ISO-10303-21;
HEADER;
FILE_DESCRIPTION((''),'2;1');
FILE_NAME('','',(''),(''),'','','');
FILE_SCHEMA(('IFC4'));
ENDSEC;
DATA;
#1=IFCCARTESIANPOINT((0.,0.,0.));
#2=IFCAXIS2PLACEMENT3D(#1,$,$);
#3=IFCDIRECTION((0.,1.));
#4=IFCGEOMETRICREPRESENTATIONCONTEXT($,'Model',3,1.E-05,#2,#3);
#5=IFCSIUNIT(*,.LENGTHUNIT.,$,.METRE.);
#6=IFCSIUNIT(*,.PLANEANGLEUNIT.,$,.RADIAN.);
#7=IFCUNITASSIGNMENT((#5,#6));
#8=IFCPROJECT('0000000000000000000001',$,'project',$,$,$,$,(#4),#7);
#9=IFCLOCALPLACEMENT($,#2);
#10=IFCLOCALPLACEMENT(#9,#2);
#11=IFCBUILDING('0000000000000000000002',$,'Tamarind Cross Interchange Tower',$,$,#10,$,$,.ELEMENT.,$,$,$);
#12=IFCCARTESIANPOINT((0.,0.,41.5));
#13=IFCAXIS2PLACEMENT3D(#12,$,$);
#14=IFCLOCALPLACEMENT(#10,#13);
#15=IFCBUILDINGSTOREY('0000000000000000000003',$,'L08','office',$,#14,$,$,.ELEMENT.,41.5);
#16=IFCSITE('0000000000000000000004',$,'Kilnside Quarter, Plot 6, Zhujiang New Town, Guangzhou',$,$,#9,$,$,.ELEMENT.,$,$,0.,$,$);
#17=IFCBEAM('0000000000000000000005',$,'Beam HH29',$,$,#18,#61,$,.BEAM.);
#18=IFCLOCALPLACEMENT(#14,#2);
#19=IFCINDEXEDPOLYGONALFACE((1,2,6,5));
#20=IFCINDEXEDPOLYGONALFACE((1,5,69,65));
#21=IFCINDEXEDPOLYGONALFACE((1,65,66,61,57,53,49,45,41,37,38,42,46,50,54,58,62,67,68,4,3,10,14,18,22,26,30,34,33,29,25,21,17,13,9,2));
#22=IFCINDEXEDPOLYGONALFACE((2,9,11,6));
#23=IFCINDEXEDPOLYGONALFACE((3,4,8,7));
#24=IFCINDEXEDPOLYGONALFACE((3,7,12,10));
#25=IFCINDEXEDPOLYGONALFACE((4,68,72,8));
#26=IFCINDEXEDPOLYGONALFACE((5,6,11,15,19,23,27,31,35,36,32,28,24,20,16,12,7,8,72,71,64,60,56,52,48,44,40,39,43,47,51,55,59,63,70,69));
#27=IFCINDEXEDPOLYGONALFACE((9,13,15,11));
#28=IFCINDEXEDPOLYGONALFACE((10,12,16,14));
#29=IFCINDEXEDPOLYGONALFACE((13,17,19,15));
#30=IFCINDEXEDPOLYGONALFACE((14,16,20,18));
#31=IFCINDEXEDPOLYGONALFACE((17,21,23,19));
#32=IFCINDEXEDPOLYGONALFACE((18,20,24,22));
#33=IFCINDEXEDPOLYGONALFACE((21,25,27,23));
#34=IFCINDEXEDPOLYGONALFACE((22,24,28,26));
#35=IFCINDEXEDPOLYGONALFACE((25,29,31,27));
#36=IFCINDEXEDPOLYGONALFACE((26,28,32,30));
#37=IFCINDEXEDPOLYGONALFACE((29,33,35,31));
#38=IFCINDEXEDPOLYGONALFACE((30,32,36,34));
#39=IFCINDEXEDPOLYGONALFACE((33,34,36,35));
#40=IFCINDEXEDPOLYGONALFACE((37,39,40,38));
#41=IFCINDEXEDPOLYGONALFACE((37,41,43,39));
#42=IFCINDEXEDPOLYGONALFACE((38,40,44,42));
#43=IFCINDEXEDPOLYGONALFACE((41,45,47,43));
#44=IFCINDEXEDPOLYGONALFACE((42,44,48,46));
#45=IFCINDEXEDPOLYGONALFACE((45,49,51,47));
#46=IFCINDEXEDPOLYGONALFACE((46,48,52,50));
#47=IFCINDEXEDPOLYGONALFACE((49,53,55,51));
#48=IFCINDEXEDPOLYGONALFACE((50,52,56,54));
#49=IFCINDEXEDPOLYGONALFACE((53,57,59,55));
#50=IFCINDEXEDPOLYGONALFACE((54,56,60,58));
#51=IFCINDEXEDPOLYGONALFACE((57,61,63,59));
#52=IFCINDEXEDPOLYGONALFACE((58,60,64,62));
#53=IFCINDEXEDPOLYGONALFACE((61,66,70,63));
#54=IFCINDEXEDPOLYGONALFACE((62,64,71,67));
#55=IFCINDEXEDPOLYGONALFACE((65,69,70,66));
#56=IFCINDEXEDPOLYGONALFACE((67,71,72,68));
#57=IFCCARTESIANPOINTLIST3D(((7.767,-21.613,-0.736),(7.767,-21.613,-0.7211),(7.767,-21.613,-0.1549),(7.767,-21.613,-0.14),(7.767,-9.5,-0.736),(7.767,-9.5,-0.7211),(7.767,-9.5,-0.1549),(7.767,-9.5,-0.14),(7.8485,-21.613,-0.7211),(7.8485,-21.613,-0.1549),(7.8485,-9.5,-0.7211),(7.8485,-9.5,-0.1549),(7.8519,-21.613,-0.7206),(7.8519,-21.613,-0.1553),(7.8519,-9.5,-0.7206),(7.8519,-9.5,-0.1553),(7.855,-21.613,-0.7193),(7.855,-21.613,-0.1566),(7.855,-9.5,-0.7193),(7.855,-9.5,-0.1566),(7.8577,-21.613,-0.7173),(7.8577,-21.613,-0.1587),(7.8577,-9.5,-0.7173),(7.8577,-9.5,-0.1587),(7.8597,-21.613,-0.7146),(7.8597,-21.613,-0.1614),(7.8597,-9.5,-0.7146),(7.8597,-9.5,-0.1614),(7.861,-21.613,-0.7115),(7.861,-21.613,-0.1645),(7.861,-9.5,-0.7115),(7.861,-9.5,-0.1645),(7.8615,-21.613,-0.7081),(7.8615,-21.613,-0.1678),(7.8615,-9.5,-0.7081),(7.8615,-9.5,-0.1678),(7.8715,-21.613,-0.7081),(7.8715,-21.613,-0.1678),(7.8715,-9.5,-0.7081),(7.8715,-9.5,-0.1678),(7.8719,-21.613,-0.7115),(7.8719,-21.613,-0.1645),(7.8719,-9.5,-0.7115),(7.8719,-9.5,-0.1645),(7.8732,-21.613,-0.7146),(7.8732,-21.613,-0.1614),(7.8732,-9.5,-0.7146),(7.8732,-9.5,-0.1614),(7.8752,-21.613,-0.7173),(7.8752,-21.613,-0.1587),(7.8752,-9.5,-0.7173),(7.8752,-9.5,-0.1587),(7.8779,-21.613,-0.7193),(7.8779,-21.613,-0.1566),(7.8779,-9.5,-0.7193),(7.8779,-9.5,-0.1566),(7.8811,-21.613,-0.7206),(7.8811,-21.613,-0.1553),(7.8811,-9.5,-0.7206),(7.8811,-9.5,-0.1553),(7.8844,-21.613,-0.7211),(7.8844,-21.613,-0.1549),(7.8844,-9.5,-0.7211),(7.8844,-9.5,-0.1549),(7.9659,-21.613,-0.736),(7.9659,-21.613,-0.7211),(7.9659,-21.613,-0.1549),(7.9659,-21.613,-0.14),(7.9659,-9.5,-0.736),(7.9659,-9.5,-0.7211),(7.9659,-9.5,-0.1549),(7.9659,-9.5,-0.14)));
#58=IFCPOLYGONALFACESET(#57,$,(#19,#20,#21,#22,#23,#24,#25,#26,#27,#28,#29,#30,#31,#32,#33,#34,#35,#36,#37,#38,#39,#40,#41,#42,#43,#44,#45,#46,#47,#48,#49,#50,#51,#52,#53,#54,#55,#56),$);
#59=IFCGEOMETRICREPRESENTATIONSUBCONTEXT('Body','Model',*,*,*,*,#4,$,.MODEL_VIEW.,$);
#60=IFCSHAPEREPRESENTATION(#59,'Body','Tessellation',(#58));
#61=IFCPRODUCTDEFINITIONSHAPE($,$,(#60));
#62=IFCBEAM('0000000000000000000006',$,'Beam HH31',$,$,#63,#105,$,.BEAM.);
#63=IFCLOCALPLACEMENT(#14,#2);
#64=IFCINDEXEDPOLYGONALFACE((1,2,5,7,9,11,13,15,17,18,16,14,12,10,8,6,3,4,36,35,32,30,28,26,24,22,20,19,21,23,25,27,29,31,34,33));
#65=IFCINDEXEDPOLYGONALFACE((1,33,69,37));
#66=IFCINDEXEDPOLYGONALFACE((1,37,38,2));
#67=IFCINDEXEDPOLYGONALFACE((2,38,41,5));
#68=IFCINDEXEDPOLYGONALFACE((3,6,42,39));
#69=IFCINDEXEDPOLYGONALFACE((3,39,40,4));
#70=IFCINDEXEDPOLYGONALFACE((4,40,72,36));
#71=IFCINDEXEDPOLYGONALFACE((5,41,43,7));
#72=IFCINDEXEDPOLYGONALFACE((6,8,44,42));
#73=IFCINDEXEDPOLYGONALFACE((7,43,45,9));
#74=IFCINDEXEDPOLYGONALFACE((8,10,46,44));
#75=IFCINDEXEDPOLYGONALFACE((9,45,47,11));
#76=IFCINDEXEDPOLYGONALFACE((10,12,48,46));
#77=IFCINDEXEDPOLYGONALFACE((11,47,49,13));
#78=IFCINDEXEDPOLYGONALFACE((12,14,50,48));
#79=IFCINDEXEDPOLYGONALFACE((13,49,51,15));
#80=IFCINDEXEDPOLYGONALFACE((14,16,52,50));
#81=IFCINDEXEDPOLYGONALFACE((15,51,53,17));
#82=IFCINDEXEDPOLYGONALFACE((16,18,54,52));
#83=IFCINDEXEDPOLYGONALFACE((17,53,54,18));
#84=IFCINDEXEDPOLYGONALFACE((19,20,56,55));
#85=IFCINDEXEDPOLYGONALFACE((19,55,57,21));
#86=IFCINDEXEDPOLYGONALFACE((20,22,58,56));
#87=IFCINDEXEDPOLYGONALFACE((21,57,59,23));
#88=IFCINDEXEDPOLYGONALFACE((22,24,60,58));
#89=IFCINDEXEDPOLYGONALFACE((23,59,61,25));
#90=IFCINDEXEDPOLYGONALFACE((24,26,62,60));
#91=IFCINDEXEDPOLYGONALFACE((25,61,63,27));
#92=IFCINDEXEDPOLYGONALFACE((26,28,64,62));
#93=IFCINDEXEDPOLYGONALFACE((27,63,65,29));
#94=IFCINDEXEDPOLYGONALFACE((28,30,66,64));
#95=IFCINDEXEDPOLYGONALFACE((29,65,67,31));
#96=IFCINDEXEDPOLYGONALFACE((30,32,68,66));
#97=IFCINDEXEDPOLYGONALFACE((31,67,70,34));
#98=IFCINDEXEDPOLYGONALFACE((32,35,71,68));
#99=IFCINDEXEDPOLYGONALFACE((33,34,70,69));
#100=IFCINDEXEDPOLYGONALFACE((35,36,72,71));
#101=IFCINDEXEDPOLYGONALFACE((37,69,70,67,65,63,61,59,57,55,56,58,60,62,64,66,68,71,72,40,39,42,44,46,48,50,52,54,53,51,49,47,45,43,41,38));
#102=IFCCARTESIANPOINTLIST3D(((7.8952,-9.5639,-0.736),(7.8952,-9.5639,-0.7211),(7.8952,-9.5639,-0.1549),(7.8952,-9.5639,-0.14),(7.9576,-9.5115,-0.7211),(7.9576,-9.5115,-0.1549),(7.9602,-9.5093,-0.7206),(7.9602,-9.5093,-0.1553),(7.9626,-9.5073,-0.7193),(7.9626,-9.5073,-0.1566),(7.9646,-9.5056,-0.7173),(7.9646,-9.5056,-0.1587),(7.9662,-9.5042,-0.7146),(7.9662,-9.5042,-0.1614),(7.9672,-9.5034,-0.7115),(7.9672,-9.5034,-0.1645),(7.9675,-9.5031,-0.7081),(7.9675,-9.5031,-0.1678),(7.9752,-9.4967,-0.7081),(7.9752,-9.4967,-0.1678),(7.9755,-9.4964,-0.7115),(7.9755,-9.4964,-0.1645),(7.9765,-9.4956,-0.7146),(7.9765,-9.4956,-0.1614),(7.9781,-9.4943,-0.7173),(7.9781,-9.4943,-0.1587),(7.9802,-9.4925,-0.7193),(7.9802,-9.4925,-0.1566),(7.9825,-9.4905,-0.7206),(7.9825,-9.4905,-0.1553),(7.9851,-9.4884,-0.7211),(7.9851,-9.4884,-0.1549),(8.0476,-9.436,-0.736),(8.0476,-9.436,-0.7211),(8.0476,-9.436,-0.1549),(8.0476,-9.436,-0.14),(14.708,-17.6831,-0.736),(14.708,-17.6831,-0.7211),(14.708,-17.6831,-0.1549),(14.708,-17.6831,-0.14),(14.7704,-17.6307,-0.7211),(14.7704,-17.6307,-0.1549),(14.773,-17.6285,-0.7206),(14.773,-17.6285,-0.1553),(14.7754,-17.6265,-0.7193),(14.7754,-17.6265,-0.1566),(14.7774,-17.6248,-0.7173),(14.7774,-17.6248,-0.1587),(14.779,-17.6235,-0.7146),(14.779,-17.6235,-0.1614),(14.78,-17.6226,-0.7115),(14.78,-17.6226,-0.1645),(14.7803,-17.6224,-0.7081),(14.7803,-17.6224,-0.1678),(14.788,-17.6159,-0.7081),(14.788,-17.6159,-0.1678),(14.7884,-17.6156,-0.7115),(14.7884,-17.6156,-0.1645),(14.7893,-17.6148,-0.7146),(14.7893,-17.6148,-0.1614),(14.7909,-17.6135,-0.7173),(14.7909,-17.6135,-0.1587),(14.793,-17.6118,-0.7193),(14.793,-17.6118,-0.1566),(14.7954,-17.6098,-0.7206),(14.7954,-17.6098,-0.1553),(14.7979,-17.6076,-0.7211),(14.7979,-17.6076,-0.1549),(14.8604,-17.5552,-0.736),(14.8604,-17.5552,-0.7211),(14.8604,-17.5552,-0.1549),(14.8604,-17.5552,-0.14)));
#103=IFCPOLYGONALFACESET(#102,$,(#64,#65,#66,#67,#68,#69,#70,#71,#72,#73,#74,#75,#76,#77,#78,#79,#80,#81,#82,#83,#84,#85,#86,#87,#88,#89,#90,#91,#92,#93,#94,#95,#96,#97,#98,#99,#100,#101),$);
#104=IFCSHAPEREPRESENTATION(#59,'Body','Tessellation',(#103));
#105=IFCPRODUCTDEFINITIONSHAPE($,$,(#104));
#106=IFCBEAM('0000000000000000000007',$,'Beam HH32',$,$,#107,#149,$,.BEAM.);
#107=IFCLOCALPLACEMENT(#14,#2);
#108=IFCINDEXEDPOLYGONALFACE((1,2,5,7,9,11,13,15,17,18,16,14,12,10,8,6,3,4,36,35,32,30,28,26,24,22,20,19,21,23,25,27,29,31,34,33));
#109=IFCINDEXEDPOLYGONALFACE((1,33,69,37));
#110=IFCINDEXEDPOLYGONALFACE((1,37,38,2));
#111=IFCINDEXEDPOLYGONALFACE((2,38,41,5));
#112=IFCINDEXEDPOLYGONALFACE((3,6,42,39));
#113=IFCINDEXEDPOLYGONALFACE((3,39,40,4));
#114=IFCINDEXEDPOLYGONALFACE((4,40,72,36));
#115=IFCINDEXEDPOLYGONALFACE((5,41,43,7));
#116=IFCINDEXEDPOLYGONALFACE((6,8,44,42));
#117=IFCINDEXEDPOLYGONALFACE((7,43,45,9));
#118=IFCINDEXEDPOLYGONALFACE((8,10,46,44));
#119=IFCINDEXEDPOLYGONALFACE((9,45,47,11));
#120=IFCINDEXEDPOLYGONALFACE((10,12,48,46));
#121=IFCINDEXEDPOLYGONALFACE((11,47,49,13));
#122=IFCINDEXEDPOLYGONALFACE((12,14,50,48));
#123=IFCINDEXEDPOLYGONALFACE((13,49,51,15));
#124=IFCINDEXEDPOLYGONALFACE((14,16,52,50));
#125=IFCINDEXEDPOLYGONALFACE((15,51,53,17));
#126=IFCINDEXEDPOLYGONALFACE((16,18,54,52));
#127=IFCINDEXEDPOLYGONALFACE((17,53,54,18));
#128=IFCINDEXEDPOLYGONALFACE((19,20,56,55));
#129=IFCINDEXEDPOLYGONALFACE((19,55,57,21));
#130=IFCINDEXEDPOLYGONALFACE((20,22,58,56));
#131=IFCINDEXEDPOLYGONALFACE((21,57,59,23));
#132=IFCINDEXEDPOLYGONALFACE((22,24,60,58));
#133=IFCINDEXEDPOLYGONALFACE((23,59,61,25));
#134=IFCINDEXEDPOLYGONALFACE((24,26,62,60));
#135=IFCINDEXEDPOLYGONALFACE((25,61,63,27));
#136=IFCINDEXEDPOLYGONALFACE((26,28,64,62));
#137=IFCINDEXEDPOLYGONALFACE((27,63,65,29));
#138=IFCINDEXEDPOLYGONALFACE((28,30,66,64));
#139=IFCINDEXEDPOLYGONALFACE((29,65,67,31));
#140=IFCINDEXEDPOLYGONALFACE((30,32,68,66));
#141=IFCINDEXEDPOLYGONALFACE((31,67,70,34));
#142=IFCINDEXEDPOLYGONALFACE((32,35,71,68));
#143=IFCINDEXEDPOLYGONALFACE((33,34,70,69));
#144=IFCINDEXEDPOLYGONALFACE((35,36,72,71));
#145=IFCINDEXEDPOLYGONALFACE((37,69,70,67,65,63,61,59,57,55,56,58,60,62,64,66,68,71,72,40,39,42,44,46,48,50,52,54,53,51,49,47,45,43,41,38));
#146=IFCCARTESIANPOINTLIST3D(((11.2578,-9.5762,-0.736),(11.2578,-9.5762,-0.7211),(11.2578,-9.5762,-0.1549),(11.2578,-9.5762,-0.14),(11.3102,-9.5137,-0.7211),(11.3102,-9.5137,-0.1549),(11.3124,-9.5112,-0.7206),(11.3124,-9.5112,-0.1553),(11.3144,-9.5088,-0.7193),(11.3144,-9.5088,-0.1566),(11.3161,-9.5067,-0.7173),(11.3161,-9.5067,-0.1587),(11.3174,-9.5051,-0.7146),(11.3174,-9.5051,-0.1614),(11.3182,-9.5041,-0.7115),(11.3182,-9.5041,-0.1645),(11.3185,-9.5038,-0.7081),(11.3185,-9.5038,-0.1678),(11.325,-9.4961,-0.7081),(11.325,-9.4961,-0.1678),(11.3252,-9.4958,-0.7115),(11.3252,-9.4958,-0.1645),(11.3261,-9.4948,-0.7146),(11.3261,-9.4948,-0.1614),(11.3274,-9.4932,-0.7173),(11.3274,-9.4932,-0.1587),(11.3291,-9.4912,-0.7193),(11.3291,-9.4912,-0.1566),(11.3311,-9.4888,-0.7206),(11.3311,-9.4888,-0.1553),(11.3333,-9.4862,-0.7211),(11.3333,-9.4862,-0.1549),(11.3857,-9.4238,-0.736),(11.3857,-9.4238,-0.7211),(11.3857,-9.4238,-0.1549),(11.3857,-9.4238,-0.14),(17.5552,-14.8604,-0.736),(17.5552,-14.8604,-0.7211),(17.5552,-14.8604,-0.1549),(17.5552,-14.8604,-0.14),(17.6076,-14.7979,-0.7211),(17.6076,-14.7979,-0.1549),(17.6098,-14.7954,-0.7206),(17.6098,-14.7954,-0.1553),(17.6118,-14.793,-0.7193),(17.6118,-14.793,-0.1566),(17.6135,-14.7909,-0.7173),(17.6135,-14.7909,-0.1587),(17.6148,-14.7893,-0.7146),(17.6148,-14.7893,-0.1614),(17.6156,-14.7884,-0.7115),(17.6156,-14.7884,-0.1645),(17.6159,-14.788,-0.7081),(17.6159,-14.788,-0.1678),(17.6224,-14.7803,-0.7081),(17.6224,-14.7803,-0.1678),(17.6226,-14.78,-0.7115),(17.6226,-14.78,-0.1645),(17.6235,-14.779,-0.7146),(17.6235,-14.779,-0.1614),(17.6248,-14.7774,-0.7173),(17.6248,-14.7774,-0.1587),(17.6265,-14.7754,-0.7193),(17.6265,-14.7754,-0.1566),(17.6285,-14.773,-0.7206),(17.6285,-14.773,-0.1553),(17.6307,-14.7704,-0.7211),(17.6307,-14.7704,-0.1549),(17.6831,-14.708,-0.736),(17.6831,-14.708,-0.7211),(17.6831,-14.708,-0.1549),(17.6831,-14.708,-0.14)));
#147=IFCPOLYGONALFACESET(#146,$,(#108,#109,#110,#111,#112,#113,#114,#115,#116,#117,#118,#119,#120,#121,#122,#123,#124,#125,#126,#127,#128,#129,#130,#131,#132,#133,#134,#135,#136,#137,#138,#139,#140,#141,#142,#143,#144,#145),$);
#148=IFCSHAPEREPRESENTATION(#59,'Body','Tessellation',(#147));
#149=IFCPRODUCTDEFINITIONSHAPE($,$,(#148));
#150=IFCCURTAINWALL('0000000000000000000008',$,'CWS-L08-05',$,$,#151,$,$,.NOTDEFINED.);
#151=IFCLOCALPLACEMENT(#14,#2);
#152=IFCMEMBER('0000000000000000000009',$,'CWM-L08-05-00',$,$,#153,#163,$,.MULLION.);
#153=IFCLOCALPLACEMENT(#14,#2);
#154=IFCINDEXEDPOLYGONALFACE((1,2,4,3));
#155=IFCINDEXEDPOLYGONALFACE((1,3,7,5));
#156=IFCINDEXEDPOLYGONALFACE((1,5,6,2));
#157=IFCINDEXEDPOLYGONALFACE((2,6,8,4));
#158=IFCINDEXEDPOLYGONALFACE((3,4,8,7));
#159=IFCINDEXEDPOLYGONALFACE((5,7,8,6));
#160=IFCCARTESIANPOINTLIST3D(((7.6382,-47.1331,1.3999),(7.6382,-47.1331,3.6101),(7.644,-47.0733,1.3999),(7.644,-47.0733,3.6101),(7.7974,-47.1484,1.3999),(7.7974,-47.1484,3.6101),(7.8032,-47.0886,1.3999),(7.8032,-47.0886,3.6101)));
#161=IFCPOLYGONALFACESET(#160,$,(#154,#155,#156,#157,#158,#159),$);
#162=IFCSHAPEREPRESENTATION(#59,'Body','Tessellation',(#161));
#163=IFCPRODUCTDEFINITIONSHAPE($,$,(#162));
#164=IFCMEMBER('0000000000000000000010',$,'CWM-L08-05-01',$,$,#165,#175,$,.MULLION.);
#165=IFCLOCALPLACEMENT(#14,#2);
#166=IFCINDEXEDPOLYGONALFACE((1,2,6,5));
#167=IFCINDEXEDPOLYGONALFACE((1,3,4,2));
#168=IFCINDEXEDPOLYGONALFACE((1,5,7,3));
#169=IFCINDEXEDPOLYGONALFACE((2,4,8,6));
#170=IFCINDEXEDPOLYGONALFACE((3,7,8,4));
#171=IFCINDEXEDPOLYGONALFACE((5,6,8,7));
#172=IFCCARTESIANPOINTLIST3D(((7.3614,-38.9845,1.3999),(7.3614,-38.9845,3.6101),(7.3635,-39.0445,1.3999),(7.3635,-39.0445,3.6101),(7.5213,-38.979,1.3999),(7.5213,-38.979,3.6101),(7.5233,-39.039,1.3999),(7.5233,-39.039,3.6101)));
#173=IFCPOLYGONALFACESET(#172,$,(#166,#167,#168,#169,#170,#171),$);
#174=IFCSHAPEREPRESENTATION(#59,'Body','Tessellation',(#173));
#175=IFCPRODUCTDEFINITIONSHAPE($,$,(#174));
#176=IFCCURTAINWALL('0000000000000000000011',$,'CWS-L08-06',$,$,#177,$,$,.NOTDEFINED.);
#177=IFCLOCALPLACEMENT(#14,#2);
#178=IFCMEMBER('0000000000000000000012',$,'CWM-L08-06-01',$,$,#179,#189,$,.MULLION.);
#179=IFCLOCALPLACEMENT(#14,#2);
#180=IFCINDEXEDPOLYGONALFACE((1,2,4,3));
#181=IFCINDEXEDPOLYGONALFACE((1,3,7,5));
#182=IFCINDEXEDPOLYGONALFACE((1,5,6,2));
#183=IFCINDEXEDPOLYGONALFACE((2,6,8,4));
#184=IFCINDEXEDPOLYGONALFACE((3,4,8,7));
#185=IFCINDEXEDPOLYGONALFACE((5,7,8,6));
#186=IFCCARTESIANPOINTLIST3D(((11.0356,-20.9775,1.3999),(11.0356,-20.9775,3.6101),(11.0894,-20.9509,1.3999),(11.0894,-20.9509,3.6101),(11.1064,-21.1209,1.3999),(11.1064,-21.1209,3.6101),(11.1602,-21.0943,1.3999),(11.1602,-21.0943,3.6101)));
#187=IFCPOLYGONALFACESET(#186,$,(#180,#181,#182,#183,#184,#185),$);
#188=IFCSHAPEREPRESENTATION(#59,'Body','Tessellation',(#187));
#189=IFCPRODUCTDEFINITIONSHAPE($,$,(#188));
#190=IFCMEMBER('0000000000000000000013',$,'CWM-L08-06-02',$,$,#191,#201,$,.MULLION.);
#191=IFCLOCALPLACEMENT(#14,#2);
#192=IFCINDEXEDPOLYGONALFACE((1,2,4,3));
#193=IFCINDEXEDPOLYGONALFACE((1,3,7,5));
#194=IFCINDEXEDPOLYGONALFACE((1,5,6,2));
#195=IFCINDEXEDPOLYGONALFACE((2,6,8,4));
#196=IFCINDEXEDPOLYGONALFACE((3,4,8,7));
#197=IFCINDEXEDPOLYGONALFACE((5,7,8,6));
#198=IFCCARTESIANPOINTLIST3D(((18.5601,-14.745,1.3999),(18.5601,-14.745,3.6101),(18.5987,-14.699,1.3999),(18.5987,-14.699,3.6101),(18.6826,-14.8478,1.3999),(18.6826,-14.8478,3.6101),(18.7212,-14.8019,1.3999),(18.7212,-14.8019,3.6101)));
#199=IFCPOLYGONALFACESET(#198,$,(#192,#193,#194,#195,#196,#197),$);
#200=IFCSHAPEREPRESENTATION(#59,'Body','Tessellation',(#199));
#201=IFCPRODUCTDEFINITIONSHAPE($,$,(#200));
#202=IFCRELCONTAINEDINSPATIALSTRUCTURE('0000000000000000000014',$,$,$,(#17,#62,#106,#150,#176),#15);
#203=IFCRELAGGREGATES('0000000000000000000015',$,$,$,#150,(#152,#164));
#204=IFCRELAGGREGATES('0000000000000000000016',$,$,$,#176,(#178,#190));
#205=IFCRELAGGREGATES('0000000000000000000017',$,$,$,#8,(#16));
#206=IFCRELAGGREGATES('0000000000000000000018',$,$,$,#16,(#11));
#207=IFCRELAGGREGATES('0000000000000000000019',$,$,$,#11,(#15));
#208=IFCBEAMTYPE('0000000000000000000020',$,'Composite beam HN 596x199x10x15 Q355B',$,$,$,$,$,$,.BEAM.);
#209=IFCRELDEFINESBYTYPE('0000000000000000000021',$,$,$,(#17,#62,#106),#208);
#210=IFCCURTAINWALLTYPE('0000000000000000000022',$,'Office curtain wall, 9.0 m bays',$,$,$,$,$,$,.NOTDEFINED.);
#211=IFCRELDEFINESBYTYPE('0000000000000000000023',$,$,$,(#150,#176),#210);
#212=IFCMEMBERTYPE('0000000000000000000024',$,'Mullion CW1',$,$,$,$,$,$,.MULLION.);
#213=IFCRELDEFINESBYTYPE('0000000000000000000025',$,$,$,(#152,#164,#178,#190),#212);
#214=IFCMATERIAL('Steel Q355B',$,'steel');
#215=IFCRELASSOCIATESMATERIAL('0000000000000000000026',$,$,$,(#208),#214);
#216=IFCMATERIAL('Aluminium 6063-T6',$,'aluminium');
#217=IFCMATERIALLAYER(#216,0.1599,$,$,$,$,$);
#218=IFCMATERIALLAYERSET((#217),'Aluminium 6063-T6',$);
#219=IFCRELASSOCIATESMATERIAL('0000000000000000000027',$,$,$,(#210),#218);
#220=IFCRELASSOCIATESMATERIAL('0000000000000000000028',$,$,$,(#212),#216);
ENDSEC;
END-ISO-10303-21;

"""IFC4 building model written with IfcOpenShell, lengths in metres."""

from ifc_helpers import new_model, si_unit, direction, frame, origin, origin_2d, place, context, subcontext, project, spatial, rectangle, i_section, extrude, material, layer, layer_set, material_profile, profile_set, type_object, element, aggregate, save


model = new_model("IFC4")

# Units and contexts
model_context = context("Model", 3, precision=1e-05, world=origin(), true_north=direction((0.0, 1.0)))
body_context = subcontext(model_context, "Body", "Model", "MODEL_VIEW")
ifc_project = project(units=[si_unit("LENGTHUNIT", "METRE"), si_unit("PLANEANGLEUNIT", "RADIAN")], contexts=[model_context])

# Site, building, storey
site_placement = place(None, origin())
site = spatial("IfcSite", under=ifc_project, at=site_placement, Name="Kilnside Quarter, Plot 6, Zhujiang New Town, Guangzhou", CompositionType="ELEMENT", RefElevation=0.0)
building_placement = place(site_placement, origin())
building = spatial("IfcBuilding", under=site, at=building_placement, Name="Tamarind Cross Interchange Tower", CompositionType="ELEMENT")
storey_placement = place(building_placement, frame((0.0, 0.0, 41.5)))
storey = spatial("IfcBuildingStorey", under=building, at=storey_placement, Name="L08", Description="office", CompositionType="ELEMENT", Elevation=41.5)

# Beams
ifc_material_1 = material(Name="Steel Q355B", Category="steel")
ifc_material_profile_1 = material_profile(ifc_material_1, i_section(OverallWidth=0.199, OverallDepth=0.5959, WebThickness=0.01, FlangeThickness=0.0149, FilletRadius=0.0129, at=origin_2d()), Name="HN 596x199x10x15")
ifc_profile_set_1 = profile_set([ifc_material_profile_1], Name="Steel Q355B")
beam_type = type_object("IfcBeamType", Name="Composite beam HN 596x199x10x15 Q355B", PredefinedType="BEAM", material=ifc_profile_set_1)
beam_1_placement = place(storey_placement, frame((7.8665, -21.613, -0.438), z_axis=(0.0, 1.0, 0.0), x_axis=(-1.0, 0.0, 0.0)))
element("IfcBeam", 1, at=beam_1_placement, inside=storey, type_object=beam_type, Name="Beam HH29", PredefinedType="BEAM", context=body_context, shape_type="SweptSolid", body=[
    extrude(i_section(OverallWidth=0.199, OverallDepth=0.5959, WebThickness=0.01, FlangeThickness=0.0149, FilletRadius=0.0129, at=origin_2d()), origin(), (0.0, 0.0, 1.0), 12.113),
])
beam_2_placement = place(storey_placement, frame((14.7842, -17.6191, -0.438), z_axis=(-0.642786, 0.766046, 0.0), x_axis=(-0.766046, -0.642786, 0.0)))
element("IfcBeam", 2, at=beam_2_placement, inside=storey, type_object=beam_type, Name="Beam HH31", PredefinedType="BEAM", context=body_context, shape_type="SweptSolid", body=[
    extrude(i_section(OverallWidth=0.199, OverallDepth=0.5959, WebThickness=0.01, FlangeThickness=0.0149, FilletRadius=0.0129, at=origin_2d()), origin(), (0.0, 0.0, 1.0), 10.5989),
])
beam_3_placement = place(storey_placement, frame((17.6191, -14.7842, -0.438), z_axis=(-0.766041, 0.642792, 0.0), x_axis=(-0.642792, -0.766041, 0.0)))
element("IfcBeam", 3, at=beam_3_placement, inside=storey, type_object=beam_type, Name="Beam HH32", PredefinedType="BEAM", context=body_context, shape_type="SweptSolid", body=[
    extrude(i_section(OverallWidth=0.199, OverallDepth=0.5959, WebThickness=0.01, FlangeThickness=0.0149, FilletRadius=0.0129, at=origin_2d()), origin(), (0.0, 0.0, 1.0), 8.2207),
])

# Curtain walls, members
ifc_material_2 = material(Name="Aluminium 6063-T6", Category="aluminium")
ifc_layer_1 = layer(ifc_material_2, 0.1599)
ifc_layer_set_1 = layer_set([ifc_layer_1], Name="Aluminium 6063-T6")
curtain_wall_type = type_object("IfcCurtainWallType", Name="Office curtain wall, 9.0 m bays", PredefinedType="NOTDEFINED", material=ifc_layer_set_1)
curtain_wall_1_placement = place(storey_placement, origin())
curtain_wall_1 = element("IfcCurtainWall", 4, at=curtain_wall_1_placement, inside=storey, type_object=curtain_wall_type, Name="CWS-L08-05", PredefinedType="NOTDEFINED")
ifc_material_profile_2 = material_profile(ifc_material_2, rectangle(XDim=0.0601, YDim=0.1599, at=origin_2d()), Name="Mullion CW1")
ifc_profile_set_2 = profile_set([ifc_material_profile_2], Name="Aluminium 6063-T6")
member_type = type_object("IfcMemberType", Name="Mullion CW1", PredefinedType="MULLION", material=ifc_profile_set_2)
member_1_placement = place(storey_placement, frame((7.7207, -47.1108, 1.3999), z_axis=(0.0, 0.0, 1.0), x_axis=(0.095345, 0.995444, 0.0)))
member_1 = element("IfcMember", 5, at=member_1_placement, type_object=member_type, Name="CWM-L08-05-00", PredefinedType="MULLION", context=body_context, shape_type="SweptSolid", body=[
    extrude(rectangle(XDim=0.0601, YDim=0.1599, at=origin_2d()), origin(), (0.0, 0.0, 1.0), 2.2102),
])
member_2_placement = place(storey_placement, frame((7.4424, -39.0117, 1.3999), z_axis=(0.0, 0.0, 1.0), x_axis=(-0.034343, 0.99941, 0.0)))
member_2 = element("IfcMember", 6, at=member_2_placement, type_object=member_type, Name="CWM-L08-05-01", PredefinedType="MULLION", context=body_context, shape_type="SweptSolid", body=[
    extrude(rectangle(XDim=0.0601, YDim=0.1599, at=origin_2d()), origin(), (0.0, 0.0, 1.0), 2.2102),
])
aggregate(curtain_wall_1, [member_1, member_2])
curtain_wall_2_placement = place(storey_placement, origin())
curtain_wall_2 = element("IfcCurtainWall", 7, at=curtain_wall_2_placement, inside=storey, type_object=curtain_wall_type, Name="CWS-L08-06", PredefinedType="NOTDEFINED")
member_3_placement = place(storey_placement, frame((11.0979, -21.0359, 1.3999), z_axis=(0.0, 0.0, 1.0), x_axis=(0.896493, 0.443059, 0.0)))
member_3 = element("IfcMember", 8, at=member_3_placement, type_object=member_type, Name="CWM-L08-06-01", PredefinedType="MULLION", context=body_context, shape_type="SweptSolid", body=[
    extrude(rectangle(XDim=0.0601, YDim=0.1599, at=origin_2d()), origin(), (0.0, 0.0, 1.0), 2.2102),
])
member_4_placement = place(storey_placement, frame((18.6406, -14.7734, 1.3999), z_axis=(0.0, 0.0, 1.0), x_axis=(0.643009, 0.765858, 0.0)))
member_4 = element("IfcMember", 9, at=member_4_placement, type_object=member_type, Name="CWM-L08-06-02", PredefinedType="MULLION", context=body_context, shape_type="SweptSolid", body=[
    extrude(rectangle(XDim=0.0601, YDim=0.1599, at=origin_2d()), origin(), (0.0, 0.0, 1.0), 2.2102),
])
aggregate(curtain_wall_2, [member_3, member_4])

save(model, "model.ifc")
